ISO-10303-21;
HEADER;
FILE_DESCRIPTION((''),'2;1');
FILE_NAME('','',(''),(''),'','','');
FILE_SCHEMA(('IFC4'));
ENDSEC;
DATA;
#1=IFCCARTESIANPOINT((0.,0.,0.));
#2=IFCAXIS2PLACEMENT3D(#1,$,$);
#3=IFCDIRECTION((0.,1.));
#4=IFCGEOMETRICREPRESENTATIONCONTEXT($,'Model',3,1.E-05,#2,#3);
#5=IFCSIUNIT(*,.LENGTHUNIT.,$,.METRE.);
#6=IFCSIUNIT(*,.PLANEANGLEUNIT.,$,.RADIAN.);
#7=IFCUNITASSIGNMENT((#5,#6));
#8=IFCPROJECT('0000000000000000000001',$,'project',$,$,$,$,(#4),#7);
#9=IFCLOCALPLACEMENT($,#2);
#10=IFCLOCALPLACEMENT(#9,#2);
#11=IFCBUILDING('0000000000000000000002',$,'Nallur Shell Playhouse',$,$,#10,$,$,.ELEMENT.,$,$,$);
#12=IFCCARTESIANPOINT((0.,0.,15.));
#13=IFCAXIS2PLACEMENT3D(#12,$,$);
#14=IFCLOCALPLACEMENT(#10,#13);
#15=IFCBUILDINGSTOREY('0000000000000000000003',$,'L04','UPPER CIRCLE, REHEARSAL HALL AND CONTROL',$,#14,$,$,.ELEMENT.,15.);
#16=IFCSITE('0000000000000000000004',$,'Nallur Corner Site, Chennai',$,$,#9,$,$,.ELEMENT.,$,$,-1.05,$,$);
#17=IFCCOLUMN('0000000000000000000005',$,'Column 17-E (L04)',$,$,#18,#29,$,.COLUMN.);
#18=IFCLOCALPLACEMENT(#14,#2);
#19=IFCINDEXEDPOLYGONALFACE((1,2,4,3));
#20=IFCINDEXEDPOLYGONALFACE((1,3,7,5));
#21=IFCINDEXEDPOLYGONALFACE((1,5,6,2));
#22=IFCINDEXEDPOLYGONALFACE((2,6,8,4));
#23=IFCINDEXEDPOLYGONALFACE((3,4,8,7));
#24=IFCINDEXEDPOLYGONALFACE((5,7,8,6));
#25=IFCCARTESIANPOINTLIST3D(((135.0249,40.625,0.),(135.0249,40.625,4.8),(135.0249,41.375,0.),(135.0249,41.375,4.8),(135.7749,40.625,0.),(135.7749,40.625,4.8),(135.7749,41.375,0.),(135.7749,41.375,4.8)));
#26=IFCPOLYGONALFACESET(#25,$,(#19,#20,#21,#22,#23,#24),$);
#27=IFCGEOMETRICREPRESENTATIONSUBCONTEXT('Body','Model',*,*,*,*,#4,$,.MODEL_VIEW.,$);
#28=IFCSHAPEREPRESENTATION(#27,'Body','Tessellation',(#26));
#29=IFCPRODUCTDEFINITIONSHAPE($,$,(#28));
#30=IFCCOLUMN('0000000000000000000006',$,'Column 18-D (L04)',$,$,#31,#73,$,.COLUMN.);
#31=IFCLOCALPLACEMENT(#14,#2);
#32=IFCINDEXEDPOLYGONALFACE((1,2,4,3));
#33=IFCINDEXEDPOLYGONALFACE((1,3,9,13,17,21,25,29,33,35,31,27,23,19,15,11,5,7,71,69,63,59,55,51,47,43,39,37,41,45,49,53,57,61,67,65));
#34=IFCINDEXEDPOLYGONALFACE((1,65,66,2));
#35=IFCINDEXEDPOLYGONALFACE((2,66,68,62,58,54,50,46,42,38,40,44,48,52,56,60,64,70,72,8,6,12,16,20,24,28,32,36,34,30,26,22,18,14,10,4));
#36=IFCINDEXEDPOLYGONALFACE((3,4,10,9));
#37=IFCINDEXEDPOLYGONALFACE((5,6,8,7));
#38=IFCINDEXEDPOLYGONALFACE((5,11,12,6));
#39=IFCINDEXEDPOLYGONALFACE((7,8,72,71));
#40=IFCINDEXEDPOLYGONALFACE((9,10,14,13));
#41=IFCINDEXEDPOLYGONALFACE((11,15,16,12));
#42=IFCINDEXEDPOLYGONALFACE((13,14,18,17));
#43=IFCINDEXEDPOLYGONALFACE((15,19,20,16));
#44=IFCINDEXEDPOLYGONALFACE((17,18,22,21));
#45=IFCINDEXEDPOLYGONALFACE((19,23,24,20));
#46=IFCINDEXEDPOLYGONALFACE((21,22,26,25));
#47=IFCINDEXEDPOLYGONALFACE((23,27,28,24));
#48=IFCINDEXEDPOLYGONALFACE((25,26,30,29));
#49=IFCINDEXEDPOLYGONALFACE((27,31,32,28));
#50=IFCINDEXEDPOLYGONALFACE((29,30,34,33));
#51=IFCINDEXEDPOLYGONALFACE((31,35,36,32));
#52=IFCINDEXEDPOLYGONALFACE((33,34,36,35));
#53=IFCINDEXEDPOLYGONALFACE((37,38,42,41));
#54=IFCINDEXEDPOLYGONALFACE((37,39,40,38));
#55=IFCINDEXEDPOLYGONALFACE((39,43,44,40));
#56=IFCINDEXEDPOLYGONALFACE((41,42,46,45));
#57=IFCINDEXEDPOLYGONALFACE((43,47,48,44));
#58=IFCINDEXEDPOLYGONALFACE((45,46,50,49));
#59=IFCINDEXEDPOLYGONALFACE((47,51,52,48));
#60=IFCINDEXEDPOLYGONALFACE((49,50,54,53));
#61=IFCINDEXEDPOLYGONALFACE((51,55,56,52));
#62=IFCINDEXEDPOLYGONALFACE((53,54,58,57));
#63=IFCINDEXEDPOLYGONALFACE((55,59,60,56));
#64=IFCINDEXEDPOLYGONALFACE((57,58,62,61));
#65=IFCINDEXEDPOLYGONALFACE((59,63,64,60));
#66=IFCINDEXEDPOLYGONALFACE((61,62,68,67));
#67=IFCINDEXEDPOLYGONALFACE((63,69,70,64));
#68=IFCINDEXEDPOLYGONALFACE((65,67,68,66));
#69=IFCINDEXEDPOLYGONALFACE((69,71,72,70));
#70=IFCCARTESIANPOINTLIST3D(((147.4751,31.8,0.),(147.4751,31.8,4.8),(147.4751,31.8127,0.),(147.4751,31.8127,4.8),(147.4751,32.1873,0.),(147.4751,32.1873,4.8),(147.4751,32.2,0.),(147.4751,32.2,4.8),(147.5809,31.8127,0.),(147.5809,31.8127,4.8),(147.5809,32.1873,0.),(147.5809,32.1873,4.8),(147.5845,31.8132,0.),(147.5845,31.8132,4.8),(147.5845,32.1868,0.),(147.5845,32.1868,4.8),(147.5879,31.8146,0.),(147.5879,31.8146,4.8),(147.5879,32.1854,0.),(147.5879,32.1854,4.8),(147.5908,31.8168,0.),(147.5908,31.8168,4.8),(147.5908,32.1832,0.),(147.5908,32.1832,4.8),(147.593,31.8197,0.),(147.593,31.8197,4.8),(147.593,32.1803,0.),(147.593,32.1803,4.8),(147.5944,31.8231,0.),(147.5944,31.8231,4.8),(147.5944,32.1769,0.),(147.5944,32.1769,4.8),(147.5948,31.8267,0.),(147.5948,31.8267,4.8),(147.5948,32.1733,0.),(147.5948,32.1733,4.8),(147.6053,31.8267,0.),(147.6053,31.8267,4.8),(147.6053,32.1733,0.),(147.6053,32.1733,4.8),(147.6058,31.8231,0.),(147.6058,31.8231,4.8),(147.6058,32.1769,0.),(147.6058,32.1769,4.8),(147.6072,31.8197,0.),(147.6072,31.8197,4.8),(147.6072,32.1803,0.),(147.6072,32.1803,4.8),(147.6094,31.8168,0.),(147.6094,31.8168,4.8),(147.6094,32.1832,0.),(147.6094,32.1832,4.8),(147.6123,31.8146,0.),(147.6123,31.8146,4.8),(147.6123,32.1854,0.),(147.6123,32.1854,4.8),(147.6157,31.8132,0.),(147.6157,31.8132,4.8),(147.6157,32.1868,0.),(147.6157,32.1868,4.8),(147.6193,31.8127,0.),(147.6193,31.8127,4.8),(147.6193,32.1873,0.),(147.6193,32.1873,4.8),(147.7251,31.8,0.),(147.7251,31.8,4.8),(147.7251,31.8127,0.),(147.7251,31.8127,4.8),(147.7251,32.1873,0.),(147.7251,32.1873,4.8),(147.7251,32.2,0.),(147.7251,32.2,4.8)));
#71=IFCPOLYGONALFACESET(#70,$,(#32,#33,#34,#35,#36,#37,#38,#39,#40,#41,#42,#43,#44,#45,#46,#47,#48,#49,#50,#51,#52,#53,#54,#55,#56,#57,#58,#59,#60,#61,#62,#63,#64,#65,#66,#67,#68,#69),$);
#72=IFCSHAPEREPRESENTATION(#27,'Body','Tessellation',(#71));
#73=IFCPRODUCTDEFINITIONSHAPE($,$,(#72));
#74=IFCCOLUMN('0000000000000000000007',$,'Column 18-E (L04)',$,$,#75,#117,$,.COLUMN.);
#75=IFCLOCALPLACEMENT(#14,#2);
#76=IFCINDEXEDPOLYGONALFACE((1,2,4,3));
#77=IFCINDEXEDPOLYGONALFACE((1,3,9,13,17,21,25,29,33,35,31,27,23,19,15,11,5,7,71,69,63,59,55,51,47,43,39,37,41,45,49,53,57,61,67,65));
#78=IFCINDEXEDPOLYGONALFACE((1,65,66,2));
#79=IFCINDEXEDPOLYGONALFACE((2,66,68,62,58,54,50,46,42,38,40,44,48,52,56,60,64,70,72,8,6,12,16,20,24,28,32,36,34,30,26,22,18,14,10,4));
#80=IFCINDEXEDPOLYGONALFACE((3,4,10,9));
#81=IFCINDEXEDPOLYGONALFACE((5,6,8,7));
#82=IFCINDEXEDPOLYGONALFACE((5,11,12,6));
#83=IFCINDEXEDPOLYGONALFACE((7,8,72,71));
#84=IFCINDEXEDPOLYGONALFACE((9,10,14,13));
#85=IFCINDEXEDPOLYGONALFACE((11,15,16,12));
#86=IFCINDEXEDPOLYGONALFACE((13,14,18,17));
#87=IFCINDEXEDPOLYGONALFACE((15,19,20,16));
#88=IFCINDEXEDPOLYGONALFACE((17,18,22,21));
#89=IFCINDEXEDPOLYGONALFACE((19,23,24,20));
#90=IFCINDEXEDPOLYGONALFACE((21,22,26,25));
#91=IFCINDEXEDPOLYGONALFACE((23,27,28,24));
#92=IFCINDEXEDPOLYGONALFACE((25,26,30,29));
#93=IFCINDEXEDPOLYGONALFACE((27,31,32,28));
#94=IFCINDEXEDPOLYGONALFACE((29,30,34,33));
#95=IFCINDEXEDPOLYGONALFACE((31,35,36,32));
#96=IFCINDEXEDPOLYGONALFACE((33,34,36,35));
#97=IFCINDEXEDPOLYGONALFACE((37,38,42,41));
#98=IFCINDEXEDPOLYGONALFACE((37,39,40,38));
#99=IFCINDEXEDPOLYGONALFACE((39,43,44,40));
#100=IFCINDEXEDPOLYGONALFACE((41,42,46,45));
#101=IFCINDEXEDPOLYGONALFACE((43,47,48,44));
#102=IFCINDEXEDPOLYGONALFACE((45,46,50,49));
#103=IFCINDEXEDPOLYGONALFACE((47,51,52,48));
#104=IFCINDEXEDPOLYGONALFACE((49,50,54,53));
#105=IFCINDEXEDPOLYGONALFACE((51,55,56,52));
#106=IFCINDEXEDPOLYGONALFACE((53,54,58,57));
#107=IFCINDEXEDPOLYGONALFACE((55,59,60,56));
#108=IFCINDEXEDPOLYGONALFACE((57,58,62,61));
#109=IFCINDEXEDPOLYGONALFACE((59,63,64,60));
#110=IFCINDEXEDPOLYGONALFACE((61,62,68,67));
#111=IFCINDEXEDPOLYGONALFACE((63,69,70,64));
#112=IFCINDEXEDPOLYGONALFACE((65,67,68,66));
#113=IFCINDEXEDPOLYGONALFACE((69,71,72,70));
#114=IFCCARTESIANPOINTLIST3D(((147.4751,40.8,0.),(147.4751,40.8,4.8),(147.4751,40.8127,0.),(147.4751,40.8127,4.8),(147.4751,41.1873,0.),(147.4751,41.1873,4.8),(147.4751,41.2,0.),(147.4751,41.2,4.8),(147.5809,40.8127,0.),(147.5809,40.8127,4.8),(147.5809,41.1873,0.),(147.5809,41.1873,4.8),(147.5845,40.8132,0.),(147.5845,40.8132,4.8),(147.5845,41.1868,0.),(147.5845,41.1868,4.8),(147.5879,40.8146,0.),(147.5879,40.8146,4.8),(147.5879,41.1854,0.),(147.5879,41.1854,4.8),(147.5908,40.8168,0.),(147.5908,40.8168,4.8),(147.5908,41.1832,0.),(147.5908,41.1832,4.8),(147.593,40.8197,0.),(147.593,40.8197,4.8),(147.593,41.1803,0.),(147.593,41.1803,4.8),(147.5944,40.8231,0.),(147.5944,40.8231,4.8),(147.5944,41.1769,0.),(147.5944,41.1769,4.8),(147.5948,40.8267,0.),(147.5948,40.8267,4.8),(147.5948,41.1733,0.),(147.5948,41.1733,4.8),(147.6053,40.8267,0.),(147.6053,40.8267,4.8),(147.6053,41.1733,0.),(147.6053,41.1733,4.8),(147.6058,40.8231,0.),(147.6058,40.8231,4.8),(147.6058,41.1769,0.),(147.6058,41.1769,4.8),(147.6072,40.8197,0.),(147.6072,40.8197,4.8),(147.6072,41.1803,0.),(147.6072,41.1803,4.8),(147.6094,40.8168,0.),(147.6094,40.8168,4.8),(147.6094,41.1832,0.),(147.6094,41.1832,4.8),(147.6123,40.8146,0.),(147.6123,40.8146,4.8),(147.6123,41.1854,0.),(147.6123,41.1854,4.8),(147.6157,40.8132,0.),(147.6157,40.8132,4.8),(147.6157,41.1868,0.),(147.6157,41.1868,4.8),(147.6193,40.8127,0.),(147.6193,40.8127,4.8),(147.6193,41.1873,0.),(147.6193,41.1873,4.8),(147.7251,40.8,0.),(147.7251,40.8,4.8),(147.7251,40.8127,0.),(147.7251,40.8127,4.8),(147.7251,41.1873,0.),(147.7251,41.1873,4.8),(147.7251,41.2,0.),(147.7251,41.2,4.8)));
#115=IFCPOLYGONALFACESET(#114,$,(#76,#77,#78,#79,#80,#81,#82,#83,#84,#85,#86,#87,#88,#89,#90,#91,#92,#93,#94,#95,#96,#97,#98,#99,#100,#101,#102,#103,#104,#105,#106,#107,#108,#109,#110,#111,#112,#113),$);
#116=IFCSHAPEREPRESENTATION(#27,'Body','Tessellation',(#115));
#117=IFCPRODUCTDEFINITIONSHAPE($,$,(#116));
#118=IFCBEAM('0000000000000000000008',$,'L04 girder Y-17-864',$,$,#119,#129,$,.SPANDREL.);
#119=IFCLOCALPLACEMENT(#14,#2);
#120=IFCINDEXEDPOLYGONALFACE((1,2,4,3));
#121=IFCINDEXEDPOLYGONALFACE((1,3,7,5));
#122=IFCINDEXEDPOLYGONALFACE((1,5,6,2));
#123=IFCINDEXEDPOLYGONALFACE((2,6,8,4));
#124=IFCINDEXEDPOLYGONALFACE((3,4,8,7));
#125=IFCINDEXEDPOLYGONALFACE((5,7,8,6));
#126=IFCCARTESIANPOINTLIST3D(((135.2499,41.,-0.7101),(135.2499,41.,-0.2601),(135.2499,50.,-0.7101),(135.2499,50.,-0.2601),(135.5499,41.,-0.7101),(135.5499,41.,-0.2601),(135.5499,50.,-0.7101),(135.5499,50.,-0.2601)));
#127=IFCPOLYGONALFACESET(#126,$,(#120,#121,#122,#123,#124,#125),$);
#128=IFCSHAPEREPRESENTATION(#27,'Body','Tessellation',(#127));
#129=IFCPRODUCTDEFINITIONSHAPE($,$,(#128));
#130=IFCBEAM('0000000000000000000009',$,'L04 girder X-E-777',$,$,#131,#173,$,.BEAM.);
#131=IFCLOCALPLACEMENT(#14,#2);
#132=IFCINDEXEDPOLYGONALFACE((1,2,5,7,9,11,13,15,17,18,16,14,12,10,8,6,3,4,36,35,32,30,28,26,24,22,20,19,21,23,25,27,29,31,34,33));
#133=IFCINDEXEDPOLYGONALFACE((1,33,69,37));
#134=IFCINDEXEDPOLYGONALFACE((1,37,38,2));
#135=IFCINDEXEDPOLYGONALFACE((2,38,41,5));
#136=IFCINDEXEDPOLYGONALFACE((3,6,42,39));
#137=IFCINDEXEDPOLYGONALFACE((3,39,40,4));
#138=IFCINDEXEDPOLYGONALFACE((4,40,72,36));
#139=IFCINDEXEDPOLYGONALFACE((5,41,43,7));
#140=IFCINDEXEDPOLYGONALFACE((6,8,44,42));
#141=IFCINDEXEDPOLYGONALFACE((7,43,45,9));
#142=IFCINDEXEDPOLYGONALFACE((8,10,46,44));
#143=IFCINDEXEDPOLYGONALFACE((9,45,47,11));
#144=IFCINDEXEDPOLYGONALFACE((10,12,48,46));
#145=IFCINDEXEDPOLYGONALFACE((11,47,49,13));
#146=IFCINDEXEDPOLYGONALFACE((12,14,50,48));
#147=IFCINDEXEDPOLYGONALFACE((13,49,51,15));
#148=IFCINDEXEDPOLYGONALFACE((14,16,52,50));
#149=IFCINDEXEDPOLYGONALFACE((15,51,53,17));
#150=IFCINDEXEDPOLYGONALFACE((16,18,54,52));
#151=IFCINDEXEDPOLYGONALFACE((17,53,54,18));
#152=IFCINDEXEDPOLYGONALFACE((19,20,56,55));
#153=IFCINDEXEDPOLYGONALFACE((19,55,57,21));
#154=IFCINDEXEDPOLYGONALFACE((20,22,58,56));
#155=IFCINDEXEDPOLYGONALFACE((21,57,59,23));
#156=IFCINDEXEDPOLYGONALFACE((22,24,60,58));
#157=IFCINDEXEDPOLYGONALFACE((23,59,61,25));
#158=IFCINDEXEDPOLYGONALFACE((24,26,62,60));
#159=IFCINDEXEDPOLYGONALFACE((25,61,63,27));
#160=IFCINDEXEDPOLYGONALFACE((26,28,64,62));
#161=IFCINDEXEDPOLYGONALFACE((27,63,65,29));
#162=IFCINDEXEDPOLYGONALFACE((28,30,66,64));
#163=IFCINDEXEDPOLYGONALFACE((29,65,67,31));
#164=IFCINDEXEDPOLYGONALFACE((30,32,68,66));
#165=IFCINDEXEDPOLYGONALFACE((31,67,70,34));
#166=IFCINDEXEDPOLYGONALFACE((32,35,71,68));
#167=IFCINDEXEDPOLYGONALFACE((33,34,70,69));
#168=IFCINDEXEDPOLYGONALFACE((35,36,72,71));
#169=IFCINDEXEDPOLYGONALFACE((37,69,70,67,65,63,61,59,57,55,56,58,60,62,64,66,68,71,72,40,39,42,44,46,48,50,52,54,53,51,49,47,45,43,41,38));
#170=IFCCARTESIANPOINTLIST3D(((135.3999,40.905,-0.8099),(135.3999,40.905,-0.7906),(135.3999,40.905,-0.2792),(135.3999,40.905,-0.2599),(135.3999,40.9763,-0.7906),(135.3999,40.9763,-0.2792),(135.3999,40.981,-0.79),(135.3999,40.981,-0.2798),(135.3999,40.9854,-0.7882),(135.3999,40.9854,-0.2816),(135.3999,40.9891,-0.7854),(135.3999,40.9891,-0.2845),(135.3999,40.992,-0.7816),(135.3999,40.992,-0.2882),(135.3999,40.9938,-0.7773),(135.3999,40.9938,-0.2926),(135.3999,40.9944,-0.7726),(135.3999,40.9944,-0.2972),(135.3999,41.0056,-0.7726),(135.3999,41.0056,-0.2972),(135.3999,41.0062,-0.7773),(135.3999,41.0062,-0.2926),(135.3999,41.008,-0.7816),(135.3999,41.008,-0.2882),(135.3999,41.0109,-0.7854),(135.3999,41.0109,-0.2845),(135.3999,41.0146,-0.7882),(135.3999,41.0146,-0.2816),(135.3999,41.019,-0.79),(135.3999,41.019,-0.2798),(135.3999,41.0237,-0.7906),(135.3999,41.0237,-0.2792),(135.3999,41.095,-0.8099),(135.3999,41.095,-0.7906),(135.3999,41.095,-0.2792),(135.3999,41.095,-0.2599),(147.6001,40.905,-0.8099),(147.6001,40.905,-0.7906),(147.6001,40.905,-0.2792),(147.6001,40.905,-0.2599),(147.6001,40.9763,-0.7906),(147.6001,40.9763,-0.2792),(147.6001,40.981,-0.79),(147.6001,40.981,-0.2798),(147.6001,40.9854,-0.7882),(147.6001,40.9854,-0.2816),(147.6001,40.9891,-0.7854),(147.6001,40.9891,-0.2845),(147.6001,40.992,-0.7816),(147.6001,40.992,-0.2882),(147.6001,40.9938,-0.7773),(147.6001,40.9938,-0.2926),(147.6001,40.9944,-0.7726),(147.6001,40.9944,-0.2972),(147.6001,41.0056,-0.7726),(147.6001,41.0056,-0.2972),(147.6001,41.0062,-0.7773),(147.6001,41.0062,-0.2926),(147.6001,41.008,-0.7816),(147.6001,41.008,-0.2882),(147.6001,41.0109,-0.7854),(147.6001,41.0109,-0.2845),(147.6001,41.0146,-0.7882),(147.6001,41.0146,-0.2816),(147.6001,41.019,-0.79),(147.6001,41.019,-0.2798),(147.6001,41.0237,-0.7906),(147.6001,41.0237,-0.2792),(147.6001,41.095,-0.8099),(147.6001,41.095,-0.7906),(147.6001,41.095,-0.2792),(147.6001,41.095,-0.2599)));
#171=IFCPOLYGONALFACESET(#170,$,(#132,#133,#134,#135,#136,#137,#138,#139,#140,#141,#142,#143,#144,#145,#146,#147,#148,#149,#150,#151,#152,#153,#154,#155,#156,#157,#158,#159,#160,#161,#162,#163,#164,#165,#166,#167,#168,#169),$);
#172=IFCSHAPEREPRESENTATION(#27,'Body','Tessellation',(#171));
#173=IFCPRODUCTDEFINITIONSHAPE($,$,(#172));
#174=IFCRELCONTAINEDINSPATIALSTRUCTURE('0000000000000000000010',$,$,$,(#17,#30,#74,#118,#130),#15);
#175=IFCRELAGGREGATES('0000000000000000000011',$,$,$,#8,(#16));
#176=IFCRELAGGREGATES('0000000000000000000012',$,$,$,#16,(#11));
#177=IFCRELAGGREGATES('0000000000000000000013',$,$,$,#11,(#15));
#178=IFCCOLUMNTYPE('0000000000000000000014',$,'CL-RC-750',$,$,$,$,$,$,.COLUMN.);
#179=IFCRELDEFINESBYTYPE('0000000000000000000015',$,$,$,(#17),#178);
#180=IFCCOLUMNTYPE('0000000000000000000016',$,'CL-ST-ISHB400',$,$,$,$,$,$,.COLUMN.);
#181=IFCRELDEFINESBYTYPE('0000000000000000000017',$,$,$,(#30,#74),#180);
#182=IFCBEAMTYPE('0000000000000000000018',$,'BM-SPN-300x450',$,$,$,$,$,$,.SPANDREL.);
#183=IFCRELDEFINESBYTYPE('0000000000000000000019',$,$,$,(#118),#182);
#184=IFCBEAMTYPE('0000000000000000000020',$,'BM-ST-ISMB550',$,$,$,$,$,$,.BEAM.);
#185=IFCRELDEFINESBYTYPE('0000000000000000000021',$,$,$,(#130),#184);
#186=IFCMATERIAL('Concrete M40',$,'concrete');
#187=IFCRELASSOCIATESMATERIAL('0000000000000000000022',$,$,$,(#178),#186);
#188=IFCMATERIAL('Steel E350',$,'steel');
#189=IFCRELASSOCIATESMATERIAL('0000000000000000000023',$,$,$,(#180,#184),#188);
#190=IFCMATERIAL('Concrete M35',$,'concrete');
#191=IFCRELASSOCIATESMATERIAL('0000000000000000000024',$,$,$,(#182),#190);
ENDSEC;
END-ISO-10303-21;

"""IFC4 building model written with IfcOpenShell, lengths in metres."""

from ifc_helpers import new_model, si_unit, direction, frame, origin, origin_2d, place, context, subcontext, project, spatial, rectangle, i_section, extrude, material, material_profile, profile_set, type_object, element, save


model = new_model("IFC4")

# Units and contexts
model_context = context("Model", 3, precision=1e-05, world=origin(), true_north=direction((0.0, 1.0)))
body_context = subcontext(model_context, "Body", "Model", "MODEL_VIEW")
ifc_project = project(units=[si_unit("LENGTHUNIT", "METRE"), si_unit("PLANEANGLEUNIT", "RADIAN")], contexts=[model_context])

# Site, building, storey
site_placement = place(None, origin())
site = spatial("IfcSite", under=ifc_project, at=site_placement, Name="Nallur Corner Site, Chennai", CompositionType="ELEMENT", RefElevation=-1.05)
building_placement = place(site_placement, origin())
building = spatial("IfcBuilding", under=site, at=building_placement, Name="Nallur Shell Playhouse", CompositionType="ELEMENT")
storey_placement = place(building_placement, frame((0.0, 0.0, 15.0)))
storey = spatial("IfcBuildingStorey", under=building, at=storey_placement, Name="L04", Description="UPPER CIRCLE, REHEARSAL HALL AND CONTROL", CompositionType="ELEMENT", Elevation=15.0)

# Columns
ifc_material_1 = material(Name="Concrete M40", Category="concrete")
ifc_material_profile_1 = material_profile(ifc_material_1, rectangle(XDim=0.75, YDim=0.75, at=origin_2d()), Name="RC 750x750")
ifc_profile_set_1 = profile_set([ifc_material_profile_1], Name="Concrete M40")
column_type_1 = type_object("IfcColumnType", Name="CL-RC-750", PredefinedType="COLUMN", material=ifc_profile_set_1)
column_placement = place(storey_placement, frame((135.3999, 41.0, 0.0), z_axis=(0.0, 0.0, 1.0), x_axis=(1.0, 0.0, 0.0)))
element("IfcColumn", 1, at=column_placement, inside=storey, type_object=column_type_1, Name="Column 17-E (L04)", PredefinedType="COLUMN", context=body_context, shape_type="SweptSolid", body=[
    extrude(rectangle(XDim=0.75, YDim=0.75, at=origin_2d()), origin(), (0.0, 0.0, 1.0), 4.8),
])
ifc_material_2 = material(Name="Steel E350", Category="steel")
ifc_material_profile_2 = material_profile(ifc_material_2, i_section(OverallWidth=0.25, OverallDepth=0.3999, WebThickness=0.0105, FlangeThickness=0.0127, FilletRadius=0.0139, at=origin_2d()), Name="ISHB 400")
ifc_profile_set_2 = profile_set([ifc_material_profile_2], Name="Steel E350")
column_type_2 = type_object("IfcColumnType", Name="CL-ST-ISHB400", PredefinedType="COLUMN", material=ifc_profile_set_2)
for number, where, z_axis, x_axis, name in (
    (2, (147.6001, 32.0, 0.0), (0.0, 0.0, 1.0), (1.0, 0.0, 0.0), "Column 18-D (L04)"),
    (3, (147.6001, 41.0, 0.0), (0.0, 0.0, 1.0), (1.0, 0.0, 0.0), "Column 18-E (L04)"),
):
    element("IfcColumn", number, at=place(storey_placement, frame(where, z_axis=z_axis, x_axis=x_axis)), inside=storey, type_object=column_type_2, Name=name, PredefinedType="COLUMN", context=body_context, shape_type="SweptSolid", body=[
        extrude(i_section(OverallWidth=0.25, OverallDepth=0.3999, WebThickness=0.0105, FlangeThickness=0.0127, FilletRadius=0.0139, at=origin_2d()), origin(), (0.0, 0.0, 1.0), 4.8),
    ])

# Beams
ifc_material_3 = material(Name="Concrete M35", Category="concrete")
ifc_material_profile_3 = material_profile(ifc_material_3, rectangle(XDim=0.3, YDim=0.45, at=origin_2d()), Name="RC 300x450")
ifc_profile_set_3 = profile_set([ifc_material_profile_3], Name="Concrete M35")
beam_type_1 = type_object("IfcBeamType", Name="BM-SPN-300x450", PredefinedType="SPANDREL", material=ifc_profile_set_3)
beam_1_placement = place(storey_placement, frame((135.3999, 41.0, -0.4851), z_axis=(0.0, 1.0, 0.0), x_axis=(-1.0, 0.0, 0.0)))
element("IfcBeam", 4, at=beam_1_placement, inside=storey, type_object=beam_type_1, Name="L04 girder Y-17-864", PredefinedType="SPANDREL", context=body_context, shape_type="SweptSolid", body=[
    extrude(rectangle(XDim=0.3, YDim=0.45, at=origin_2d()), origin(), (0.0, 0.0, 1.0), 9.0),
])
ifc_material_profile_4 = material_profile(ifc_material_2, i_section(OverallWidth=0.1899, OverallDepth=0.55, WebThickness=0.0112, FlangeThickness=0.0193, FilletRadius=0.0181, at=origin_2d()), Name="ISMB 550")
ifc_profile_set_4 = profile_set([ifc_material_profile_4], Name="Steel E350")
beam_type_2 = type_object("IfcBeamType", Name="BM-ST-ISMB550", PredefinedType="BEAM", material=ifc_profile_set_4)
beam_2_placement = place(storey_placement, frame((135.3999, 41.0, -0.5349), z_axis=(1.0, 0.0, 0.0), x_axis=(0.0, 1.0, 0.0)))
element("IfcBeam", 5, at=beam_2_placement, inside=storey, type_object=beam_type_2, Name="L04 girder X-E-777", PredefinedType="BEAM", context=body_context, shape_type="SweptSolid", body=[
    extrude(i_section(OverallWidth=0.1899, OverallDepth=0.55, WebThickness=0.0112, FlangeThickness=0.0193, FilletRadius=0.0181, at=origin_2d()), origin(), (0.0, 0.0, 1.0), 12.2002),
])

save(model, "model.ifc")
